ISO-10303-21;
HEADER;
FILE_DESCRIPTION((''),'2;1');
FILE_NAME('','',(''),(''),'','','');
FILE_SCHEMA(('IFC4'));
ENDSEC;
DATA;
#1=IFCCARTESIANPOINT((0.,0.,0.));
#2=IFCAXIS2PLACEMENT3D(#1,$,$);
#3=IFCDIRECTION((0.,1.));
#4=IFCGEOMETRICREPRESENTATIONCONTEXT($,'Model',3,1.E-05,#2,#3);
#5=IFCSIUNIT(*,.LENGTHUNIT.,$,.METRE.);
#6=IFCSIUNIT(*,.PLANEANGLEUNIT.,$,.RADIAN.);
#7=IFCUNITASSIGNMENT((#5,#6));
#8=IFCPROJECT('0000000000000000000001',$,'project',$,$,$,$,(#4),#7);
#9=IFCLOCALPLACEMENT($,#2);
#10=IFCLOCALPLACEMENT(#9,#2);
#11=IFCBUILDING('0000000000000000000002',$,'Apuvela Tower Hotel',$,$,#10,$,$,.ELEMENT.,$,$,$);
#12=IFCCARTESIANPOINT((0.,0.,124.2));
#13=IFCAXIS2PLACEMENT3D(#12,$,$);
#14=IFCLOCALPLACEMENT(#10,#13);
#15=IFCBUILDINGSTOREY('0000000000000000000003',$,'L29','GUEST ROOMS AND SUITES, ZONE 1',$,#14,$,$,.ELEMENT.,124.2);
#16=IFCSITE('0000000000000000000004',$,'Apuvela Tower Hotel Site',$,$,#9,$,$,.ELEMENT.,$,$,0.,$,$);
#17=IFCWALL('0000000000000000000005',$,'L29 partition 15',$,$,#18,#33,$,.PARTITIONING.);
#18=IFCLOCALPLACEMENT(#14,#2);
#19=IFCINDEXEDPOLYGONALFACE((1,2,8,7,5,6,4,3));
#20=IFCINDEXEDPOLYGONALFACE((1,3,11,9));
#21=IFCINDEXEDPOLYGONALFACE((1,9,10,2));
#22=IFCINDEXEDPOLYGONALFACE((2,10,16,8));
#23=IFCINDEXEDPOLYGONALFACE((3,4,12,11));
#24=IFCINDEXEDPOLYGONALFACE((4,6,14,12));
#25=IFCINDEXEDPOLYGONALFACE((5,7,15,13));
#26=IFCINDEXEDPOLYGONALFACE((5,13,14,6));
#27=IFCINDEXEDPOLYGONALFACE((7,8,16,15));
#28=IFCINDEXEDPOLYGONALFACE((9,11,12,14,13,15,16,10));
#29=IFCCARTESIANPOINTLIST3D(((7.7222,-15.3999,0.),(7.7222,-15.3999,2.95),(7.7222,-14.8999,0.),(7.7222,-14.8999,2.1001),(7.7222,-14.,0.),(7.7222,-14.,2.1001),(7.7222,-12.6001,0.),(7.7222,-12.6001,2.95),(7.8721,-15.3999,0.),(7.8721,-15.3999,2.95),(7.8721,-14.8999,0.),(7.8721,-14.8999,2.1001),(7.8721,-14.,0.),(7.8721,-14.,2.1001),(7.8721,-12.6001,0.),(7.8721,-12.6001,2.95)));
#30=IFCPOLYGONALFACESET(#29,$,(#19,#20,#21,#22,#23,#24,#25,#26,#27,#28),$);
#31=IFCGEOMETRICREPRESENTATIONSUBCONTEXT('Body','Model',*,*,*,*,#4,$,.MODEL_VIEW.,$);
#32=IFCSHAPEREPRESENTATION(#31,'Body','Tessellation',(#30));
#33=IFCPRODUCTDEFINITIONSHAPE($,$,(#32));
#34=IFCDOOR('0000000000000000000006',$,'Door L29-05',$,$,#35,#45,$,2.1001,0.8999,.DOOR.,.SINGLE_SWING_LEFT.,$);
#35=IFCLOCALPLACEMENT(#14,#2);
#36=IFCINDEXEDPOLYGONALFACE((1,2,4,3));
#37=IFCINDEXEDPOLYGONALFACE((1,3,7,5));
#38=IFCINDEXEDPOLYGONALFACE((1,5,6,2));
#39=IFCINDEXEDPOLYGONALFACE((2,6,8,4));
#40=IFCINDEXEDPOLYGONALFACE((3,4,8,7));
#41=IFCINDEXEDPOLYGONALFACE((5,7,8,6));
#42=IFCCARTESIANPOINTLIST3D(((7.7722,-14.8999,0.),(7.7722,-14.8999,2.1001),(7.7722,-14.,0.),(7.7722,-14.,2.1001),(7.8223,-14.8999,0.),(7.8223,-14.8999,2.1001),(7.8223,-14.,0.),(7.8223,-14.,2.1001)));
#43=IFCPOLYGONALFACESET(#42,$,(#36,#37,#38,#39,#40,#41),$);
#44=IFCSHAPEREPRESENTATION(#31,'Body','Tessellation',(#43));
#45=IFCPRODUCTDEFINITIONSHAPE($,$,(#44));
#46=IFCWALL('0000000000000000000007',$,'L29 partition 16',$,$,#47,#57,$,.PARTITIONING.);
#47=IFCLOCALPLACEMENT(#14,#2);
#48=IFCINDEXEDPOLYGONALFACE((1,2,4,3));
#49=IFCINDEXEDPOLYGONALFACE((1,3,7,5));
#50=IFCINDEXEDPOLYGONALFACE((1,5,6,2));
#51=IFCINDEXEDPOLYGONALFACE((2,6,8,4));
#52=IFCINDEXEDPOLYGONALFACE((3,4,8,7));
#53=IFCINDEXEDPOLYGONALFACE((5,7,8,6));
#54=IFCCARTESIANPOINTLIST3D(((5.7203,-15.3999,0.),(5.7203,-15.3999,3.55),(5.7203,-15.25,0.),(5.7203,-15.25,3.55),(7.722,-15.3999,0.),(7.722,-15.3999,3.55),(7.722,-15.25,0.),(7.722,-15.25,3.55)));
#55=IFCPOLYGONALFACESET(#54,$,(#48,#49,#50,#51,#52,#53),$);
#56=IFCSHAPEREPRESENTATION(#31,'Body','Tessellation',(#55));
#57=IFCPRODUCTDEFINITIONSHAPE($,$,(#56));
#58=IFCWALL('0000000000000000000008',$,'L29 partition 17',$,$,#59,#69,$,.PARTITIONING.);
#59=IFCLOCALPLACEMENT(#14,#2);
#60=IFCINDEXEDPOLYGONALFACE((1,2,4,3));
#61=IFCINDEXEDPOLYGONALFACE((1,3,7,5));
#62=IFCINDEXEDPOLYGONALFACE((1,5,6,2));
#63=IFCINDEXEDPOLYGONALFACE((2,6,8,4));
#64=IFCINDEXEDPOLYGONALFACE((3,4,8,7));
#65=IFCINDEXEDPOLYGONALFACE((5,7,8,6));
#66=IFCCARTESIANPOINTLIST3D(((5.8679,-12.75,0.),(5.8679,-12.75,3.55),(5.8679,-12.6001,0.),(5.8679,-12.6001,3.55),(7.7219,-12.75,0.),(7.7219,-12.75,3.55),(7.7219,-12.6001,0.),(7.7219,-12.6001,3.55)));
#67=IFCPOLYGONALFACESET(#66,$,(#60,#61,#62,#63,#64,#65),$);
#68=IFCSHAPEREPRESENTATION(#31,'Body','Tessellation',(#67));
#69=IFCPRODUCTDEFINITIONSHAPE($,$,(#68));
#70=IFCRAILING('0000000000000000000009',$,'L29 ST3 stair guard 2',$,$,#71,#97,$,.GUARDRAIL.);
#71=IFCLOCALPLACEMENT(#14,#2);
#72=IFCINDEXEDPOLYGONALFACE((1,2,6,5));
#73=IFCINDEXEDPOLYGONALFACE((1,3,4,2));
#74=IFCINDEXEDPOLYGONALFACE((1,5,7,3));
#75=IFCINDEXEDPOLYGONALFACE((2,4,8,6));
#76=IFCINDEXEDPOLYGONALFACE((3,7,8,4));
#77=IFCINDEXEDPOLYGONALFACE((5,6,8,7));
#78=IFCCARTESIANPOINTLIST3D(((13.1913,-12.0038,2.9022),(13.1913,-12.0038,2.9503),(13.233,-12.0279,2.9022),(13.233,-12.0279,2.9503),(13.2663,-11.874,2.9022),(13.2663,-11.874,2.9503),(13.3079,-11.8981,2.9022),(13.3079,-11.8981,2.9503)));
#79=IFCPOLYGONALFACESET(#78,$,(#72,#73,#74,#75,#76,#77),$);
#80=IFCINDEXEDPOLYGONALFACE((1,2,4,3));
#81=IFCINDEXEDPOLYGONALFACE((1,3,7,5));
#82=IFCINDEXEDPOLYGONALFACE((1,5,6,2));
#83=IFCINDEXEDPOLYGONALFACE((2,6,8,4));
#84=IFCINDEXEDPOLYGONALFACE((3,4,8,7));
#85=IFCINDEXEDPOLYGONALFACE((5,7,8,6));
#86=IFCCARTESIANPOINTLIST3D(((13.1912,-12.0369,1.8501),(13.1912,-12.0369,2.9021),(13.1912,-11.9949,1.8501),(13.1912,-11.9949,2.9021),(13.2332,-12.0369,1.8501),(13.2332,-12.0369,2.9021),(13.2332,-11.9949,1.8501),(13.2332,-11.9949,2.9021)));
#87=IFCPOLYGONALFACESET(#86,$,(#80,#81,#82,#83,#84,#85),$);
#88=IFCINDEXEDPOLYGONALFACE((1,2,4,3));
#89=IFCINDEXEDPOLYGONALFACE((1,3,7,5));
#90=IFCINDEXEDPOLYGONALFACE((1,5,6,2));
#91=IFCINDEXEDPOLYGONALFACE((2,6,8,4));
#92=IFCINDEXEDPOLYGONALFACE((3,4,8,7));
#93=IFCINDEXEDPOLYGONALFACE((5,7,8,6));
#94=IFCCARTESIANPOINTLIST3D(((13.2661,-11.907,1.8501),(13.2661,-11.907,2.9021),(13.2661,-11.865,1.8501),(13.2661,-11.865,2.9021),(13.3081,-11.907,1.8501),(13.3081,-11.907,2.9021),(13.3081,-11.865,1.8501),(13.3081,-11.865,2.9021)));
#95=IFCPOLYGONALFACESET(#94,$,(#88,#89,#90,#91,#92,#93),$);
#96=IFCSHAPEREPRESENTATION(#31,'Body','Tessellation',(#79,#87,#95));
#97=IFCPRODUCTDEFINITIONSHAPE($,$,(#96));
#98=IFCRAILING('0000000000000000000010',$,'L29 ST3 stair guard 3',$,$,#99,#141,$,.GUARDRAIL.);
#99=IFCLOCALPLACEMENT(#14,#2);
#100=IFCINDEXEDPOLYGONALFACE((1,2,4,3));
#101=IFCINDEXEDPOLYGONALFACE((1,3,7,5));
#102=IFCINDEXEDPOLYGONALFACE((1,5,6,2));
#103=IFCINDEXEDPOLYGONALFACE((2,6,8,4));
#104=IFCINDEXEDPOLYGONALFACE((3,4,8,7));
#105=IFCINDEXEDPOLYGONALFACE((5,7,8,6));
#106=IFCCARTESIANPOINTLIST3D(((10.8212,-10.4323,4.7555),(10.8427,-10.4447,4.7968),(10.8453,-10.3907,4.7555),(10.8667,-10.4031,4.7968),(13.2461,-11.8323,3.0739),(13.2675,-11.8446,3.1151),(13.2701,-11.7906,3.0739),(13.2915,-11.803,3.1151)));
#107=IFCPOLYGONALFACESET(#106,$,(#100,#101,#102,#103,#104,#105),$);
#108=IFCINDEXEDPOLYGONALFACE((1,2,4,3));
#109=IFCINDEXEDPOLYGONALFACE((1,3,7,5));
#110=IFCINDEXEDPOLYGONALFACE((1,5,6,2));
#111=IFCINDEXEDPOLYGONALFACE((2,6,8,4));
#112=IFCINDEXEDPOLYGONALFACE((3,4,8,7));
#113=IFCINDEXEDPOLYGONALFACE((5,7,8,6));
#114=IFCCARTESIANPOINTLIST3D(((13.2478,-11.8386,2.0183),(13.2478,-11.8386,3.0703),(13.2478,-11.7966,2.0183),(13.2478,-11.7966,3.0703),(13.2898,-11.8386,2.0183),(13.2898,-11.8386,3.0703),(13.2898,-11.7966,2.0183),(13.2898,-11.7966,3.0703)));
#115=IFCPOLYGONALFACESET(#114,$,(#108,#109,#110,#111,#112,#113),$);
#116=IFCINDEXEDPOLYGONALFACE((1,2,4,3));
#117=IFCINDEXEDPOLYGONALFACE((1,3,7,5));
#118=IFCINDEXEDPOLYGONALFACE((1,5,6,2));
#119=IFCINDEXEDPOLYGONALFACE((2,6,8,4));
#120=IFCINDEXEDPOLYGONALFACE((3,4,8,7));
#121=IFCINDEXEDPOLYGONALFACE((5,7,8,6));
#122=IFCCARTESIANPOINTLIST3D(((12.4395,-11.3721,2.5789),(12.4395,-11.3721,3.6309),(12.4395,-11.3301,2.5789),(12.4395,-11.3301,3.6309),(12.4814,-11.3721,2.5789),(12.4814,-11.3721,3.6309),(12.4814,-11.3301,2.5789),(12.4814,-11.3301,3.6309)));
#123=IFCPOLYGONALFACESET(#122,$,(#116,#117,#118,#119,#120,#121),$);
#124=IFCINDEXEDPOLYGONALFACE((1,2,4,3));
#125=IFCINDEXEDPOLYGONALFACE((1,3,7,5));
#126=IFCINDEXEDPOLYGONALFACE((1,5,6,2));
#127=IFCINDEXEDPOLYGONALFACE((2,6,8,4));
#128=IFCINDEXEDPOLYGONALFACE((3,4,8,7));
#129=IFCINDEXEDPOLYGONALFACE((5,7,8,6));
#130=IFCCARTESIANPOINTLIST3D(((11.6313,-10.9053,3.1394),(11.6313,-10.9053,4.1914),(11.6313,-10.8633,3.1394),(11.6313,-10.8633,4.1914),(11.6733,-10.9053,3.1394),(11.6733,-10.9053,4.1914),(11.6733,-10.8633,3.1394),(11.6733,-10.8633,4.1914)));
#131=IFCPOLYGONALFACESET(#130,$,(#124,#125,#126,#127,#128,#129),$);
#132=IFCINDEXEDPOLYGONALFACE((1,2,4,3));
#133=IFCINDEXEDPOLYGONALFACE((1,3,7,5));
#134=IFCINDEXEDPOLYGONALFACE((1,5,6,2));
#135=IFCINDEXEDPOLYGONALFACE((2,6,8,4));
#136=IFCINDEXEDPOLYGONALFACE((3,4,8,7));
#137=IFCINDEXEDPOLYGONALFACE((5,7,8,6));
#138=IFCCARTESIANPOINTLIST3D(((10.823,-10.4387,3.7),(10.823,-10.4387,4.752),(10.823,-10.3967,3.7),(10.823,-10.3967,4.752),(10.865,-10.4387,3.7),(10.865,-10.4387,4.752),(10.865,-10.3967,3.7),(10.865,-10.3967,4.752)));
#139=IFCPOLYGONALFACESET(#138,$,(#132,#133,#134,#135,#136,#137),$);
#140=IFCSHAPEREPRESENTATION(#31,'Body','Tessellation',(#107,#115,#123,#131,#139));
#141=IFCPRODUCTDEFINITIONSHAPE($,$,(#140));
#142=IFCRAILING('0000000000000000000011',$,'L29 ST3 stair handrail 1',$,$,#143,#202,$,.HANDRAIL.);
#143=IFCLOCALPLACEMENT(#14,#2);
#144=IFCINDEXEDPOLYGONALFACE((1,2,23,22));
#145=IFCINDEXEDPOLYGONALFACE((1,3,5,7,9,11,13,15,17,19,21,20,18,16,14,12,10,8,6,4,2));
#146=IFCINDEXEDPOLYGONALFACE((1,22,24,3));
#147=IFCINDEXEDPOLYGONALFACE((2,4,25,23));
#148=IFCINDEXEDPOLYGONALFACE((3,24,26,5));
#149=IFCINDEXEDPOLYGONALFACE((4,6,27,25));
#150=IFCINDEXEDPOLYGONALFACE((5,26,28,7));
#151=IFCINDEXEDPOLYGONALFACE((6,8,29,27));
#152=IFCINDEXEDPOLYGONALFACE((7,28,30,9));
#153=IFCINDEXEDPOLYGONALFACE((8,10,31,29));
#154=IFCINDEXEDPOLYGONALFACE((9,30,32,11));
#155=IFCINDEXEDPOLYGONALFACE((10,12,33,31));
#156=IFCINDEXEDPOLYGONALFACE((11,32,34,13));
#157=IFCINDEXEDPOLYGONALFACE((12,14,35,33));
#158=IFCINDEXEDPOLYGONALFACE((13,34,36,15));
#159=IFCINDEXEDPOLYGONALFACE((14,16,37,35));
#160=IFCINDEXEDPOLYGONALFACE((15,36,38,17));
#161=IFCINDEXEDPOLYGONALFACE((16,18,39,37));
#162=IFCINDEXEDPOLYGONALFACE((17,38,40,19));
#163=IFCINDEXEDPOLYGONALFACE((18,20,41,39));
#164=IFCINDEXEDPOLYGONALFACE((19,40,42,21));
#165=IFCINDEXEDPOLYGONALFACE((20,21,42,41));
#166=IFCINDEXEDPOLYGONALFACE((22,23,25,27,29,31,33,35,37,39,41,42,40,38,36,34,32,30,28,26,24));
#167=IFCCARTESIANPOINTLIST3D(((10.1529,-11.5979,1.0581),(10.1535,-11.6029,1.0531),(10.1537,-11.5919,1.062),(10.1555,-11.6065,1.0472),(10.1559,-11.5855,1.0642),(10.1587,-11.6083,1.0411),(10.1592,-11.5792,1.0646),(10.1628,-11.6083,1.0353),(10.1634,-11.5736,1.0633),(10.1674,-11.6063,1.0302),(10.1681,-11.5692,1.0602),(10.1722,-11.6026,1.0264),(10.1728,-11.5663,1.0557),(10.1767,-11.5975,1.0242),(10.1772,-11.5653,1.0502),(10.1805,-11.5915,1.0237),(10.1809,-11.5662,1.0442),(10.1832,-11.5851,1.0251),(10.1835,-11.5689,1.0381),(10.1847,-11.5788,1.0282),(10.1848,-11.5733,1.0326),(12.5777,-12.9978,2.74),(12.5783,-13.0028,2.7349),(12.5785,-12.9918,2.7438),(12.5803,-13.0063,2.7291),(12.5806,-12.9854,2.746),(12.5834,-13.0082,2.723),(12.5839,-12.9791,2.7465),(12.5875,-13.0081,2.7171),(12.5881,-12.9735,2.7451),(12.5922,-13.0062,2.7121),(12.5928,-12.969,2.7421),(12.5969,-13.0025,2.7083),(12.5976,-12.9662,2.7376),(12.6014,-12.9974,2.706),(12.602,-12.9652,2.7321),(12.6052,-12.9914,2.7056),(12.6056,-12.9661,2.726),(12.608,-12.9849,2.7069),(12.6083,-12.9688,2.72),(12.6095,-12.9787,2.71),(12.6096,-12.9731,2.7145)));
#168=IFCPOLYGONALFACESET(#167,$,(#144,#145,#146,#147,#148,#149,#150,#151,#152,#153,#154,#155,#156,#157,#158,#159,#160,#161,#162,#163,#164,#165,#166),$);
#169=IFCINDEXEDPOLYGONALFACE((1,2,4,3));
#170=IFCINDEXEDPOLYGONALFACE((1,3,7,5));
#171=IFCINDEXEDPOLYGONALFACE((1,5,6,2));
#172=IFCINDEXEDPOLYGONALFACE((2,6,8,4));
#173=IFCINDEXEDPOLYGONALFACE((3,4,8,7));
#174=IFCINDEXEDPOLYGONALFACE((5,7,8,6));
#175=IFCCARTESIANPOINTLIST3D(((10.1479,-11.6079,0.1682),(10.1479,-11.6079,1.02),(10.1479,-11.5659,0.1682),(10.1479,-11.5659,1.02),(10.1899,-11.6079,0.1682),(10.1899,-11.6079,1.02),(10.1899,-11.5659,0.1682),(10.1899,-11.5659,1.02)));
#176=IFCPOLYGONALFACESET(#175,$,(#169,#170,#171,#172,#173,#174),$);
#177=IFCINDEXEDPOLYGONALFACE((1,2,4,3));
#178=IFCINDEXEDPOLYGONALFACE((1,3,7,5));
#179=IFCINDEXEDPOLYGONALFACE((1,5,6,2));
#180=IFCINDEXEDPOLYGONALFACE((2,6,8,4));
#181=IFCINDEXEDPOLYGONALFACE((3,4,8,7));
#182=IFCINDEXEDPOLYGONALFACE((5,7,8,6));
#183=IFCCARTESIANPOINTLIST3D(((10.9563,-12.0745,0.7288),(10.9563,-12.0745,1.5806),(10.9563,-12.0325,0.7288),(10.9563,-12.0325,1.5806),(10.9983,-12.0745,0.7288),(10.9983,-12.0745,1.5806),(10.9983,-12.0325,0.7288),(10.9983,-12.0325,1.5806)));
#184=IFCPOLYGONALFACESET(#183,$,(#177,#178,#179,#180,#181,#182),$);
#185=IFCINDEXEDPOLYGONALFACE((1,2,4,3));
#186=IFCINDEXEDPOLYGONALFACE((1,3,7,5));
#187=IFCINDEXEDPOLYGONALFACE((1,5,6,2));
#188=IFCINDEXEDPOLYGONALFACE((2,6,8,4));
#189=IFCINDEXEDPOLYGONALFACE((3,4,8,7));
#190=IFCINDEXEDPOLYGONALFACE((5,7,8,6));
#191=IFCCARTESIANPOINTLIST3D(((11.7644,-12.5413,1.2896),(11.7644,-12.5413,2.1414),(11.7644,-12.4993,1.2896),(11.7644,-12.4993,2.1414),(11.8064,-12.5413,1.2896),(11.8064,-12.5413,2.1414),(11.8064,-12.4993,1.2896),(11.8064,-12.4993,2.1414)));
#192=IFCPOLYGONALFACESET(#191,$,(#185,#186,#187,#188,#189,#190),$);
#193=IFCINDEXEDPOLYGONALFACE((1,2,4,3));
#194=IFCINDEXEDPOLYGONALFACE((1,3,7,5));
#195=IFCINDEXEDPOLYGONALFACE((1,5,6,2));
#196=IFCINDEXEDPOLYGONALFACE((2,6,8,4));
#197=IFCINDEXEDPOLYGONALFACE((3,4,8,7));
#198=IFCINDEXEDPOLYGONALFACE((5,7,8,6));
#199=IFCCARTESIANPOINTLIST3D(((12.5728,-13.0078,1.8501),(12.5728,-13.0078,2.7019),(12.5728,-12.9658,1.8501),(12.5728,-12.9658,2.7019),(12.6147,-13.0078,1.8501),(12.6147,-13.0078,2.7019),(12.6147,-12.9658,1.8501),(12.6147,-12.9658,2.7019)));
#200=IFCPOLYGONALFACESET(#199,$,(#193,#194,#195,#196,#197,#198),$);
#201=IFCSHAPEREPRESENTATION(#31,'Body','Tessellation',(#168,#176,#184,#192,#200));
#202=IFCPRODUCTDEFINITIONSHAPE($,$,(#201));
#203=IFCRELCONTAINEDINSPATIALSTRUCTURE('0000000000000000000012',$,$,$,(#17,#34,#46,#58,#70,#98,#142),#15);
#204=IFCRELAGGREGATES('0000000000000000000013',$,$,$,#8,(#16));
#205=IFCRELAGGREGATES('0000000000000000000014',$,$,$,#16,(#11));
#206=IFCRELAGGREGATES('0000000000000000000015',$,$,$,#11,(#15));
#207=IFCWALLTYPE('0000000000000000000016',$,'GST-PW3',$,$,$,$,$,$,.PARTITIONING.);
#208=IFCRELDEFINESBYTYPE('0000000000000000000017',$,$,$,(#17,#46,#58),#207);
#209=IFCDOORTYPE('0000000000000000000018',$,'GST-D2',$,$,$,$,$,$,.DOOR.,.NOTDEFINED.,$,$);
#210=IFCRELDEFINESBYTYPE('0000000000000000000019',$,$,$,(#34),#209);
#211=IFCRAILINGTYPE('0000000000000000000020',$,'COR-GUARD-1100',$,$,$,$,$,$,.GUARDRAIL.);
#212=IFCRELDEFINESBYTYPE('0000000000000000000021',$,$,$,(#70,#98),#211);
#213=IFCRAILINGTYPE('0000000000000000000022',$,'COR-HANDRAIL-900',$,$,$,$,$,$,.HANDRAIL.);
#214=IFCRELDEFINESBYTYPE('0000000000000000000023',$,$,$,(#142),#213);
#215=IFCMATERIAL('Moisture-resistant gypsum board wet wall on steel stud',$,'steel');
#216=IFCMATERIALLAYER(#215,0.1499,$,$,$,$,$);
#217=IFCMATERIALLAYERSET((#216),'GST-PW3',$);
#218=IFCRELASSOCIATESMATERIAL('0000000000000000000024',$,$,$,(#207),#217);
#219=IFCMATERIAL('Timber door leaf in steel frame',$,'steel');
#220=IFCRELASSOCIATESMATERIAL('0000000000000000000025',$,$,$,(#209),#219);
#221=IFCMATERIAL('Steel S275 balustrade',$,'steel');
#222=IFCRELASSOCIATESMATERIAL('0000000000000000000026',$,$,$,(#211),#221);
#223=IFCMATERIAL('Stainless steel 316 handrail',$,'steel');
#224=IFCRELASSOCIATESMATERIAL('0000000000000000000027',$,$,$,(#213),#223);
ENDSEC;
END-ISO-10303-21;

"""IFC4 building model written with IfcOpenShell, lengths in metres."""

from ifc_helpers import new_model, si_unit, direction, frame, frame_2d, origin, origin_2d, place, context, subcontext, project, spatial, rectangle, circle, extrude, material, layer, layer_set, type_object, element, fill, save


model = new_model("IFC4")

# Units and contexts
model_context = context("Model", 3, precision=1e-05, world=origin(), true_north=direction((0.0, 1.0)))
body_context = subcontext(model_context, "Body", "Model", "MODEL_VIEW")
ifc_project = project(units=[si_unit("LENGTHUNIT", "METRE"), si_unit("PLANEANGLEUNIT", "RADIAN")], contexts=[model_context])

# Site, building, storey
site_placement = place(None, origin())
site = spatial("IfcSite", under=ifc_project, at=site_placement, Name="Apuvela Tower Hotel Site", CompositionType="ELEMENT", RefElevation=0.0)
building_placement = place(site_placement, origin())
building = spatial("IfcBuilding", under=site, at=building_placement, Name="Apuvela Tower Hotel", CompositionType="ELEMENT")
storey_placement = place(building_placement, frame((0.0, 0.0, 124.2)))
storey = spatial("IfcBuildingStorey", under=building, at=storey_placement, Name="L29", Description="GUEST ROOMS AND SUITES, ZONE 1", CompositionType="ELEMENT", Elevation=124.2)

# Shared definitions
ifc_material_1 = material(Name="Moisture-resistant gypsum board wet wall on steel stud", Category="steel")
ifc_layer_1 = layer(ifc_material_1, 0.1499)
ifc_layer_set_1 = layer_set([ifc_layer_1], Name="GST-PW3")
wall_type_1 = type_object("IfcWallType", Name="GST-PW3", PredefinedType="PARTITIONING", material=ifc_layer_set_1)

# Wall, opening, door
wall_1_placement = place(storey_placement, frame((7.7971, -15.3999, 0.0), z_axis=(0.0, 0.0, 1.0), x_axis=(0.0, 1.0, 0.0)))
wall_1 = element("IfcWall", 1, at=wall_1_placement, inside=storey, type_object=wall_type_1, Name="L29 partition 15", PredefinedType="PARTITIONING", context=body_context, shape_type="SweptSolid", body=[
    extrude(rectangle(XDim=2.7998, YDim=0.1499, at=frame_2d((1.3999, 0.0))), origin(), (0.0, 0.0, 1.0), 2.95),
])
opening_1_placement = place(wall_1_placement, frame((0.5, 0.0, 0.0)))
opening_1 = element("IfcOpeningElement", 2, at=opening_1_placement, cuts=wall_1, PredefinedType="OPENING", context=body_context, shape_type="SweptSolid", body=[
    extrude(rectangle(XDim=0.8999, YDim=2.1001, at=frame_2d((0.45, 1.05))), frame((0.0, 0.085, 0.0), z_axis=(0.0, -1.0, 0.0), x_axis=(1.0, 0.0, 0.0)), (0.0, 0.0, 1.0), 0.1699),
])
ifc_material_2 = material(Name="Timber door leaf in steel frame", Category="steel")
door_type_1 = type_object("IfcDoorType", Name="GST-D2", OperationType="NOTDEFINED", PredefinedType="DOOR", material=ifc_material_2)
door_1_placement = place(opening_1_placement, origin())
door_1 = element("IfcDoor", 3, at=door_1_placement, inside=storey, type_object=door_type_1, Name="Door L29-05", OperationType="SINGLE_SWING_LEFT", OverallHeight=2.1001, OverallWidth=0.8999, PredefinedType="DOOR", context=body_context, shape_type="SweptSolid", body=[
    extrude(rectangle(XDim=0.8999, YDim=2.1001, at=frame_2d((0.45, 1.05))), frame((0.0, 0.0249, 0.0), z_axis=(0.0, -1.0, 0.0), x_axis=(1.0, 0.0, 0.0)), (0.0, 0.0, 1.0), 0.05),
])
fill(opening_1, door_1)

# Walls
wall_2_placement = place(storey_placement, frame((5.7202, -15.325, 0.0), z_axis=(0.0, 0.0, 1.0), x_axis=(1.0, 0.0, 0.0)))
element("IfcWall", 4, at=wall_2_placement, inside=storey, type_object=wall_type_1, Name="L29 partition 16", PredefinedType="PARTITIONING", context=body_context, shape_type="SweptSolid", body=[
    extrude(rectangle(XDim=2.0017, YDim=0.1499, at=frame_2d((1.001, 0.0))), origin(), (0.0, 0.0, 1.0), 3.55),
])
wall_3_placement = place(storey_placement, frame((5.8679, -12.675, 0.0), z_axis=(0.0, 0.0, 1.0), x_axis=(1.0, 0.0, 0.0)))
element("IfcWall", 5, at=wall_3_placement, inside=storey, type_object=wall_type_1, Name="L29 partition 17", PredefinedType="PARTITIONING", context=body_context, shape_type="SweptSolid", body=[
    extrude(rectangle(XDim=1.854, YDim=0.1499, at=frame_2d((0.927, 0.0))), origin(), (0.0, 0.0, 1.0), 3.55),
])

# Railings
ifc_material_3 = material(Name="Steel S275 balustrade", Category="steel")
railing_type_1 = type_object("IfcRailingType", Name="COR-GUARD-1100", PredefinedType="GUARDRAIL", material=ifc_material_3)
railing_1_placement = place(storey_placement, frame((13.2122, -12.0159, 1.8501)))
element("IfcRailing", 6, at=railing_1_placement, inside=storey, type_object=railing_type_1, Name="L29 ST3 stair guard 2", PredefinedType="GUARDRAIL", context=body_context, shape_type="SweptSolid", body=[
    extrude(rectangle(XDim=0.0481, YDim=0.0481, at=origin_2d()), frame((0.0, 0.0, 1.0762), z_axis=(0.499816, 0.866131, 0.0), x_axis=(-0.866131, 0.499816, 0.0)), (0.0, 0.0, 1.0), 0.1499),
    extrude(rectangle(XDim=0.042, YDim=0.042, at=origin_2d()), origin(), (0.0, 0.0, 1.0), 1.052),
    extrude(rectangle(XDim=0.042, YDim=0.042, at=origin_2d()), frame((0.075, 0.1299, 0.0)), (0.0, 0.0, 1.0), 1.052),
])
railing_2_placement = place(storey_placement, frame((13.2688, -11.8176, 2.0183)))
element("IfcRailing", 7, at=railing_2_placement, inside=storey, type_object=railing_type_1, Name="L29 ST3 stair guard 3", PredefinedType="GUARDRAIL", context=body_context, shape_type="SweptSolid", body=[
    extrude(rectangle(XDim=0.0481, YDim=0.0481, at=origin_2d()), frame((0.0, 0.0, 1.0762), z_axis=(-0.742419, 0.428618, 0.514879), x_axis=(-0.499984, -0.866035, 0.0)), (0.0, 0.0, 1.0), 3.2661),
    extrude(rectangle(XDim=0.042, YDim=0.042, at=origin_2d()), origin(), (0.0, 0.0, 1.0), 1.052),
    extrude(rectangle(XDim=0.042, YDim=0.042, at=origin_2d()), frame((-0.8083, 0.4666, 0.5605)), (0.0, 0.0, 1.0), 1.052),
    extrude(rectangle(XDim=0.042, YDim=0.042, at=origin_2d()), frame((-1.6165, 0.9333, 1.1211)), (0.0, 0.0, 1.0), 1.052),
    extrude(rectangle(XDim=0.042, YDim=0.042, at=origin_2d()), frame((-2.4248, 1.3999, 1.6816)), (0.0, 0.0, 1.0), 1.052),
])
ifc_material_4 = material(Name="Stainless steel 316 handrail", Category="steel")
railing_type_2 = type_object("IfcRailingType", Name="COR-HANDRAIL-900", PredefinedType="HANDRAIL", material=ifc_material_4)
railing_3_placement = place(storey_placement, frame((10.1689, -11.5869, 0.1682)))
element("IfcRailing", 8, at=railing_3_placement, inside=storey, type_object=railing_type_2, Name="L29 ST3 stair handrail 1", PredefinedType="HANDRAIL", context=body_context, shape_type="SweptSolid", body=[
    extrude(circle(Radius=0.0239, at=origin_2d()), frame((0.0, 0.0, 0.876), z_axis=(0.74239, -0.428601, 0.514934), x_axis=(0.499984, 0.866035, 0.0)), (0.0, 0.0, 1.0), 3.2661),
    extrude(rectangle(XDim=0.042, YDim=0.042, at=origin_2d()), origin(), (0.0, 0.0, 1.0), 0.8518),
    extrude(rectangle(XDim=0.042, YDim=0.042, at=origin_2d()), frame((0.8083, -0.4666, 0.5605)), (0.0, 0.0, 1.0), 0.8518),
    extrude(rectangle(XDim=0.042, YDim=0.042, at=origin_2d()), frame((1.6165, -0.9333, 1.1213)), (0.0, 0.0, 1.0), 0.8518),
    extrude(rectangle(XDim=0.042, YDim=0.042, at=origin_2d()), frame((2.4248, -1.3999, 1.6819)), (0.0, 0.0, 1.0), 0.8518),
])

save(model, "model.ifc")
